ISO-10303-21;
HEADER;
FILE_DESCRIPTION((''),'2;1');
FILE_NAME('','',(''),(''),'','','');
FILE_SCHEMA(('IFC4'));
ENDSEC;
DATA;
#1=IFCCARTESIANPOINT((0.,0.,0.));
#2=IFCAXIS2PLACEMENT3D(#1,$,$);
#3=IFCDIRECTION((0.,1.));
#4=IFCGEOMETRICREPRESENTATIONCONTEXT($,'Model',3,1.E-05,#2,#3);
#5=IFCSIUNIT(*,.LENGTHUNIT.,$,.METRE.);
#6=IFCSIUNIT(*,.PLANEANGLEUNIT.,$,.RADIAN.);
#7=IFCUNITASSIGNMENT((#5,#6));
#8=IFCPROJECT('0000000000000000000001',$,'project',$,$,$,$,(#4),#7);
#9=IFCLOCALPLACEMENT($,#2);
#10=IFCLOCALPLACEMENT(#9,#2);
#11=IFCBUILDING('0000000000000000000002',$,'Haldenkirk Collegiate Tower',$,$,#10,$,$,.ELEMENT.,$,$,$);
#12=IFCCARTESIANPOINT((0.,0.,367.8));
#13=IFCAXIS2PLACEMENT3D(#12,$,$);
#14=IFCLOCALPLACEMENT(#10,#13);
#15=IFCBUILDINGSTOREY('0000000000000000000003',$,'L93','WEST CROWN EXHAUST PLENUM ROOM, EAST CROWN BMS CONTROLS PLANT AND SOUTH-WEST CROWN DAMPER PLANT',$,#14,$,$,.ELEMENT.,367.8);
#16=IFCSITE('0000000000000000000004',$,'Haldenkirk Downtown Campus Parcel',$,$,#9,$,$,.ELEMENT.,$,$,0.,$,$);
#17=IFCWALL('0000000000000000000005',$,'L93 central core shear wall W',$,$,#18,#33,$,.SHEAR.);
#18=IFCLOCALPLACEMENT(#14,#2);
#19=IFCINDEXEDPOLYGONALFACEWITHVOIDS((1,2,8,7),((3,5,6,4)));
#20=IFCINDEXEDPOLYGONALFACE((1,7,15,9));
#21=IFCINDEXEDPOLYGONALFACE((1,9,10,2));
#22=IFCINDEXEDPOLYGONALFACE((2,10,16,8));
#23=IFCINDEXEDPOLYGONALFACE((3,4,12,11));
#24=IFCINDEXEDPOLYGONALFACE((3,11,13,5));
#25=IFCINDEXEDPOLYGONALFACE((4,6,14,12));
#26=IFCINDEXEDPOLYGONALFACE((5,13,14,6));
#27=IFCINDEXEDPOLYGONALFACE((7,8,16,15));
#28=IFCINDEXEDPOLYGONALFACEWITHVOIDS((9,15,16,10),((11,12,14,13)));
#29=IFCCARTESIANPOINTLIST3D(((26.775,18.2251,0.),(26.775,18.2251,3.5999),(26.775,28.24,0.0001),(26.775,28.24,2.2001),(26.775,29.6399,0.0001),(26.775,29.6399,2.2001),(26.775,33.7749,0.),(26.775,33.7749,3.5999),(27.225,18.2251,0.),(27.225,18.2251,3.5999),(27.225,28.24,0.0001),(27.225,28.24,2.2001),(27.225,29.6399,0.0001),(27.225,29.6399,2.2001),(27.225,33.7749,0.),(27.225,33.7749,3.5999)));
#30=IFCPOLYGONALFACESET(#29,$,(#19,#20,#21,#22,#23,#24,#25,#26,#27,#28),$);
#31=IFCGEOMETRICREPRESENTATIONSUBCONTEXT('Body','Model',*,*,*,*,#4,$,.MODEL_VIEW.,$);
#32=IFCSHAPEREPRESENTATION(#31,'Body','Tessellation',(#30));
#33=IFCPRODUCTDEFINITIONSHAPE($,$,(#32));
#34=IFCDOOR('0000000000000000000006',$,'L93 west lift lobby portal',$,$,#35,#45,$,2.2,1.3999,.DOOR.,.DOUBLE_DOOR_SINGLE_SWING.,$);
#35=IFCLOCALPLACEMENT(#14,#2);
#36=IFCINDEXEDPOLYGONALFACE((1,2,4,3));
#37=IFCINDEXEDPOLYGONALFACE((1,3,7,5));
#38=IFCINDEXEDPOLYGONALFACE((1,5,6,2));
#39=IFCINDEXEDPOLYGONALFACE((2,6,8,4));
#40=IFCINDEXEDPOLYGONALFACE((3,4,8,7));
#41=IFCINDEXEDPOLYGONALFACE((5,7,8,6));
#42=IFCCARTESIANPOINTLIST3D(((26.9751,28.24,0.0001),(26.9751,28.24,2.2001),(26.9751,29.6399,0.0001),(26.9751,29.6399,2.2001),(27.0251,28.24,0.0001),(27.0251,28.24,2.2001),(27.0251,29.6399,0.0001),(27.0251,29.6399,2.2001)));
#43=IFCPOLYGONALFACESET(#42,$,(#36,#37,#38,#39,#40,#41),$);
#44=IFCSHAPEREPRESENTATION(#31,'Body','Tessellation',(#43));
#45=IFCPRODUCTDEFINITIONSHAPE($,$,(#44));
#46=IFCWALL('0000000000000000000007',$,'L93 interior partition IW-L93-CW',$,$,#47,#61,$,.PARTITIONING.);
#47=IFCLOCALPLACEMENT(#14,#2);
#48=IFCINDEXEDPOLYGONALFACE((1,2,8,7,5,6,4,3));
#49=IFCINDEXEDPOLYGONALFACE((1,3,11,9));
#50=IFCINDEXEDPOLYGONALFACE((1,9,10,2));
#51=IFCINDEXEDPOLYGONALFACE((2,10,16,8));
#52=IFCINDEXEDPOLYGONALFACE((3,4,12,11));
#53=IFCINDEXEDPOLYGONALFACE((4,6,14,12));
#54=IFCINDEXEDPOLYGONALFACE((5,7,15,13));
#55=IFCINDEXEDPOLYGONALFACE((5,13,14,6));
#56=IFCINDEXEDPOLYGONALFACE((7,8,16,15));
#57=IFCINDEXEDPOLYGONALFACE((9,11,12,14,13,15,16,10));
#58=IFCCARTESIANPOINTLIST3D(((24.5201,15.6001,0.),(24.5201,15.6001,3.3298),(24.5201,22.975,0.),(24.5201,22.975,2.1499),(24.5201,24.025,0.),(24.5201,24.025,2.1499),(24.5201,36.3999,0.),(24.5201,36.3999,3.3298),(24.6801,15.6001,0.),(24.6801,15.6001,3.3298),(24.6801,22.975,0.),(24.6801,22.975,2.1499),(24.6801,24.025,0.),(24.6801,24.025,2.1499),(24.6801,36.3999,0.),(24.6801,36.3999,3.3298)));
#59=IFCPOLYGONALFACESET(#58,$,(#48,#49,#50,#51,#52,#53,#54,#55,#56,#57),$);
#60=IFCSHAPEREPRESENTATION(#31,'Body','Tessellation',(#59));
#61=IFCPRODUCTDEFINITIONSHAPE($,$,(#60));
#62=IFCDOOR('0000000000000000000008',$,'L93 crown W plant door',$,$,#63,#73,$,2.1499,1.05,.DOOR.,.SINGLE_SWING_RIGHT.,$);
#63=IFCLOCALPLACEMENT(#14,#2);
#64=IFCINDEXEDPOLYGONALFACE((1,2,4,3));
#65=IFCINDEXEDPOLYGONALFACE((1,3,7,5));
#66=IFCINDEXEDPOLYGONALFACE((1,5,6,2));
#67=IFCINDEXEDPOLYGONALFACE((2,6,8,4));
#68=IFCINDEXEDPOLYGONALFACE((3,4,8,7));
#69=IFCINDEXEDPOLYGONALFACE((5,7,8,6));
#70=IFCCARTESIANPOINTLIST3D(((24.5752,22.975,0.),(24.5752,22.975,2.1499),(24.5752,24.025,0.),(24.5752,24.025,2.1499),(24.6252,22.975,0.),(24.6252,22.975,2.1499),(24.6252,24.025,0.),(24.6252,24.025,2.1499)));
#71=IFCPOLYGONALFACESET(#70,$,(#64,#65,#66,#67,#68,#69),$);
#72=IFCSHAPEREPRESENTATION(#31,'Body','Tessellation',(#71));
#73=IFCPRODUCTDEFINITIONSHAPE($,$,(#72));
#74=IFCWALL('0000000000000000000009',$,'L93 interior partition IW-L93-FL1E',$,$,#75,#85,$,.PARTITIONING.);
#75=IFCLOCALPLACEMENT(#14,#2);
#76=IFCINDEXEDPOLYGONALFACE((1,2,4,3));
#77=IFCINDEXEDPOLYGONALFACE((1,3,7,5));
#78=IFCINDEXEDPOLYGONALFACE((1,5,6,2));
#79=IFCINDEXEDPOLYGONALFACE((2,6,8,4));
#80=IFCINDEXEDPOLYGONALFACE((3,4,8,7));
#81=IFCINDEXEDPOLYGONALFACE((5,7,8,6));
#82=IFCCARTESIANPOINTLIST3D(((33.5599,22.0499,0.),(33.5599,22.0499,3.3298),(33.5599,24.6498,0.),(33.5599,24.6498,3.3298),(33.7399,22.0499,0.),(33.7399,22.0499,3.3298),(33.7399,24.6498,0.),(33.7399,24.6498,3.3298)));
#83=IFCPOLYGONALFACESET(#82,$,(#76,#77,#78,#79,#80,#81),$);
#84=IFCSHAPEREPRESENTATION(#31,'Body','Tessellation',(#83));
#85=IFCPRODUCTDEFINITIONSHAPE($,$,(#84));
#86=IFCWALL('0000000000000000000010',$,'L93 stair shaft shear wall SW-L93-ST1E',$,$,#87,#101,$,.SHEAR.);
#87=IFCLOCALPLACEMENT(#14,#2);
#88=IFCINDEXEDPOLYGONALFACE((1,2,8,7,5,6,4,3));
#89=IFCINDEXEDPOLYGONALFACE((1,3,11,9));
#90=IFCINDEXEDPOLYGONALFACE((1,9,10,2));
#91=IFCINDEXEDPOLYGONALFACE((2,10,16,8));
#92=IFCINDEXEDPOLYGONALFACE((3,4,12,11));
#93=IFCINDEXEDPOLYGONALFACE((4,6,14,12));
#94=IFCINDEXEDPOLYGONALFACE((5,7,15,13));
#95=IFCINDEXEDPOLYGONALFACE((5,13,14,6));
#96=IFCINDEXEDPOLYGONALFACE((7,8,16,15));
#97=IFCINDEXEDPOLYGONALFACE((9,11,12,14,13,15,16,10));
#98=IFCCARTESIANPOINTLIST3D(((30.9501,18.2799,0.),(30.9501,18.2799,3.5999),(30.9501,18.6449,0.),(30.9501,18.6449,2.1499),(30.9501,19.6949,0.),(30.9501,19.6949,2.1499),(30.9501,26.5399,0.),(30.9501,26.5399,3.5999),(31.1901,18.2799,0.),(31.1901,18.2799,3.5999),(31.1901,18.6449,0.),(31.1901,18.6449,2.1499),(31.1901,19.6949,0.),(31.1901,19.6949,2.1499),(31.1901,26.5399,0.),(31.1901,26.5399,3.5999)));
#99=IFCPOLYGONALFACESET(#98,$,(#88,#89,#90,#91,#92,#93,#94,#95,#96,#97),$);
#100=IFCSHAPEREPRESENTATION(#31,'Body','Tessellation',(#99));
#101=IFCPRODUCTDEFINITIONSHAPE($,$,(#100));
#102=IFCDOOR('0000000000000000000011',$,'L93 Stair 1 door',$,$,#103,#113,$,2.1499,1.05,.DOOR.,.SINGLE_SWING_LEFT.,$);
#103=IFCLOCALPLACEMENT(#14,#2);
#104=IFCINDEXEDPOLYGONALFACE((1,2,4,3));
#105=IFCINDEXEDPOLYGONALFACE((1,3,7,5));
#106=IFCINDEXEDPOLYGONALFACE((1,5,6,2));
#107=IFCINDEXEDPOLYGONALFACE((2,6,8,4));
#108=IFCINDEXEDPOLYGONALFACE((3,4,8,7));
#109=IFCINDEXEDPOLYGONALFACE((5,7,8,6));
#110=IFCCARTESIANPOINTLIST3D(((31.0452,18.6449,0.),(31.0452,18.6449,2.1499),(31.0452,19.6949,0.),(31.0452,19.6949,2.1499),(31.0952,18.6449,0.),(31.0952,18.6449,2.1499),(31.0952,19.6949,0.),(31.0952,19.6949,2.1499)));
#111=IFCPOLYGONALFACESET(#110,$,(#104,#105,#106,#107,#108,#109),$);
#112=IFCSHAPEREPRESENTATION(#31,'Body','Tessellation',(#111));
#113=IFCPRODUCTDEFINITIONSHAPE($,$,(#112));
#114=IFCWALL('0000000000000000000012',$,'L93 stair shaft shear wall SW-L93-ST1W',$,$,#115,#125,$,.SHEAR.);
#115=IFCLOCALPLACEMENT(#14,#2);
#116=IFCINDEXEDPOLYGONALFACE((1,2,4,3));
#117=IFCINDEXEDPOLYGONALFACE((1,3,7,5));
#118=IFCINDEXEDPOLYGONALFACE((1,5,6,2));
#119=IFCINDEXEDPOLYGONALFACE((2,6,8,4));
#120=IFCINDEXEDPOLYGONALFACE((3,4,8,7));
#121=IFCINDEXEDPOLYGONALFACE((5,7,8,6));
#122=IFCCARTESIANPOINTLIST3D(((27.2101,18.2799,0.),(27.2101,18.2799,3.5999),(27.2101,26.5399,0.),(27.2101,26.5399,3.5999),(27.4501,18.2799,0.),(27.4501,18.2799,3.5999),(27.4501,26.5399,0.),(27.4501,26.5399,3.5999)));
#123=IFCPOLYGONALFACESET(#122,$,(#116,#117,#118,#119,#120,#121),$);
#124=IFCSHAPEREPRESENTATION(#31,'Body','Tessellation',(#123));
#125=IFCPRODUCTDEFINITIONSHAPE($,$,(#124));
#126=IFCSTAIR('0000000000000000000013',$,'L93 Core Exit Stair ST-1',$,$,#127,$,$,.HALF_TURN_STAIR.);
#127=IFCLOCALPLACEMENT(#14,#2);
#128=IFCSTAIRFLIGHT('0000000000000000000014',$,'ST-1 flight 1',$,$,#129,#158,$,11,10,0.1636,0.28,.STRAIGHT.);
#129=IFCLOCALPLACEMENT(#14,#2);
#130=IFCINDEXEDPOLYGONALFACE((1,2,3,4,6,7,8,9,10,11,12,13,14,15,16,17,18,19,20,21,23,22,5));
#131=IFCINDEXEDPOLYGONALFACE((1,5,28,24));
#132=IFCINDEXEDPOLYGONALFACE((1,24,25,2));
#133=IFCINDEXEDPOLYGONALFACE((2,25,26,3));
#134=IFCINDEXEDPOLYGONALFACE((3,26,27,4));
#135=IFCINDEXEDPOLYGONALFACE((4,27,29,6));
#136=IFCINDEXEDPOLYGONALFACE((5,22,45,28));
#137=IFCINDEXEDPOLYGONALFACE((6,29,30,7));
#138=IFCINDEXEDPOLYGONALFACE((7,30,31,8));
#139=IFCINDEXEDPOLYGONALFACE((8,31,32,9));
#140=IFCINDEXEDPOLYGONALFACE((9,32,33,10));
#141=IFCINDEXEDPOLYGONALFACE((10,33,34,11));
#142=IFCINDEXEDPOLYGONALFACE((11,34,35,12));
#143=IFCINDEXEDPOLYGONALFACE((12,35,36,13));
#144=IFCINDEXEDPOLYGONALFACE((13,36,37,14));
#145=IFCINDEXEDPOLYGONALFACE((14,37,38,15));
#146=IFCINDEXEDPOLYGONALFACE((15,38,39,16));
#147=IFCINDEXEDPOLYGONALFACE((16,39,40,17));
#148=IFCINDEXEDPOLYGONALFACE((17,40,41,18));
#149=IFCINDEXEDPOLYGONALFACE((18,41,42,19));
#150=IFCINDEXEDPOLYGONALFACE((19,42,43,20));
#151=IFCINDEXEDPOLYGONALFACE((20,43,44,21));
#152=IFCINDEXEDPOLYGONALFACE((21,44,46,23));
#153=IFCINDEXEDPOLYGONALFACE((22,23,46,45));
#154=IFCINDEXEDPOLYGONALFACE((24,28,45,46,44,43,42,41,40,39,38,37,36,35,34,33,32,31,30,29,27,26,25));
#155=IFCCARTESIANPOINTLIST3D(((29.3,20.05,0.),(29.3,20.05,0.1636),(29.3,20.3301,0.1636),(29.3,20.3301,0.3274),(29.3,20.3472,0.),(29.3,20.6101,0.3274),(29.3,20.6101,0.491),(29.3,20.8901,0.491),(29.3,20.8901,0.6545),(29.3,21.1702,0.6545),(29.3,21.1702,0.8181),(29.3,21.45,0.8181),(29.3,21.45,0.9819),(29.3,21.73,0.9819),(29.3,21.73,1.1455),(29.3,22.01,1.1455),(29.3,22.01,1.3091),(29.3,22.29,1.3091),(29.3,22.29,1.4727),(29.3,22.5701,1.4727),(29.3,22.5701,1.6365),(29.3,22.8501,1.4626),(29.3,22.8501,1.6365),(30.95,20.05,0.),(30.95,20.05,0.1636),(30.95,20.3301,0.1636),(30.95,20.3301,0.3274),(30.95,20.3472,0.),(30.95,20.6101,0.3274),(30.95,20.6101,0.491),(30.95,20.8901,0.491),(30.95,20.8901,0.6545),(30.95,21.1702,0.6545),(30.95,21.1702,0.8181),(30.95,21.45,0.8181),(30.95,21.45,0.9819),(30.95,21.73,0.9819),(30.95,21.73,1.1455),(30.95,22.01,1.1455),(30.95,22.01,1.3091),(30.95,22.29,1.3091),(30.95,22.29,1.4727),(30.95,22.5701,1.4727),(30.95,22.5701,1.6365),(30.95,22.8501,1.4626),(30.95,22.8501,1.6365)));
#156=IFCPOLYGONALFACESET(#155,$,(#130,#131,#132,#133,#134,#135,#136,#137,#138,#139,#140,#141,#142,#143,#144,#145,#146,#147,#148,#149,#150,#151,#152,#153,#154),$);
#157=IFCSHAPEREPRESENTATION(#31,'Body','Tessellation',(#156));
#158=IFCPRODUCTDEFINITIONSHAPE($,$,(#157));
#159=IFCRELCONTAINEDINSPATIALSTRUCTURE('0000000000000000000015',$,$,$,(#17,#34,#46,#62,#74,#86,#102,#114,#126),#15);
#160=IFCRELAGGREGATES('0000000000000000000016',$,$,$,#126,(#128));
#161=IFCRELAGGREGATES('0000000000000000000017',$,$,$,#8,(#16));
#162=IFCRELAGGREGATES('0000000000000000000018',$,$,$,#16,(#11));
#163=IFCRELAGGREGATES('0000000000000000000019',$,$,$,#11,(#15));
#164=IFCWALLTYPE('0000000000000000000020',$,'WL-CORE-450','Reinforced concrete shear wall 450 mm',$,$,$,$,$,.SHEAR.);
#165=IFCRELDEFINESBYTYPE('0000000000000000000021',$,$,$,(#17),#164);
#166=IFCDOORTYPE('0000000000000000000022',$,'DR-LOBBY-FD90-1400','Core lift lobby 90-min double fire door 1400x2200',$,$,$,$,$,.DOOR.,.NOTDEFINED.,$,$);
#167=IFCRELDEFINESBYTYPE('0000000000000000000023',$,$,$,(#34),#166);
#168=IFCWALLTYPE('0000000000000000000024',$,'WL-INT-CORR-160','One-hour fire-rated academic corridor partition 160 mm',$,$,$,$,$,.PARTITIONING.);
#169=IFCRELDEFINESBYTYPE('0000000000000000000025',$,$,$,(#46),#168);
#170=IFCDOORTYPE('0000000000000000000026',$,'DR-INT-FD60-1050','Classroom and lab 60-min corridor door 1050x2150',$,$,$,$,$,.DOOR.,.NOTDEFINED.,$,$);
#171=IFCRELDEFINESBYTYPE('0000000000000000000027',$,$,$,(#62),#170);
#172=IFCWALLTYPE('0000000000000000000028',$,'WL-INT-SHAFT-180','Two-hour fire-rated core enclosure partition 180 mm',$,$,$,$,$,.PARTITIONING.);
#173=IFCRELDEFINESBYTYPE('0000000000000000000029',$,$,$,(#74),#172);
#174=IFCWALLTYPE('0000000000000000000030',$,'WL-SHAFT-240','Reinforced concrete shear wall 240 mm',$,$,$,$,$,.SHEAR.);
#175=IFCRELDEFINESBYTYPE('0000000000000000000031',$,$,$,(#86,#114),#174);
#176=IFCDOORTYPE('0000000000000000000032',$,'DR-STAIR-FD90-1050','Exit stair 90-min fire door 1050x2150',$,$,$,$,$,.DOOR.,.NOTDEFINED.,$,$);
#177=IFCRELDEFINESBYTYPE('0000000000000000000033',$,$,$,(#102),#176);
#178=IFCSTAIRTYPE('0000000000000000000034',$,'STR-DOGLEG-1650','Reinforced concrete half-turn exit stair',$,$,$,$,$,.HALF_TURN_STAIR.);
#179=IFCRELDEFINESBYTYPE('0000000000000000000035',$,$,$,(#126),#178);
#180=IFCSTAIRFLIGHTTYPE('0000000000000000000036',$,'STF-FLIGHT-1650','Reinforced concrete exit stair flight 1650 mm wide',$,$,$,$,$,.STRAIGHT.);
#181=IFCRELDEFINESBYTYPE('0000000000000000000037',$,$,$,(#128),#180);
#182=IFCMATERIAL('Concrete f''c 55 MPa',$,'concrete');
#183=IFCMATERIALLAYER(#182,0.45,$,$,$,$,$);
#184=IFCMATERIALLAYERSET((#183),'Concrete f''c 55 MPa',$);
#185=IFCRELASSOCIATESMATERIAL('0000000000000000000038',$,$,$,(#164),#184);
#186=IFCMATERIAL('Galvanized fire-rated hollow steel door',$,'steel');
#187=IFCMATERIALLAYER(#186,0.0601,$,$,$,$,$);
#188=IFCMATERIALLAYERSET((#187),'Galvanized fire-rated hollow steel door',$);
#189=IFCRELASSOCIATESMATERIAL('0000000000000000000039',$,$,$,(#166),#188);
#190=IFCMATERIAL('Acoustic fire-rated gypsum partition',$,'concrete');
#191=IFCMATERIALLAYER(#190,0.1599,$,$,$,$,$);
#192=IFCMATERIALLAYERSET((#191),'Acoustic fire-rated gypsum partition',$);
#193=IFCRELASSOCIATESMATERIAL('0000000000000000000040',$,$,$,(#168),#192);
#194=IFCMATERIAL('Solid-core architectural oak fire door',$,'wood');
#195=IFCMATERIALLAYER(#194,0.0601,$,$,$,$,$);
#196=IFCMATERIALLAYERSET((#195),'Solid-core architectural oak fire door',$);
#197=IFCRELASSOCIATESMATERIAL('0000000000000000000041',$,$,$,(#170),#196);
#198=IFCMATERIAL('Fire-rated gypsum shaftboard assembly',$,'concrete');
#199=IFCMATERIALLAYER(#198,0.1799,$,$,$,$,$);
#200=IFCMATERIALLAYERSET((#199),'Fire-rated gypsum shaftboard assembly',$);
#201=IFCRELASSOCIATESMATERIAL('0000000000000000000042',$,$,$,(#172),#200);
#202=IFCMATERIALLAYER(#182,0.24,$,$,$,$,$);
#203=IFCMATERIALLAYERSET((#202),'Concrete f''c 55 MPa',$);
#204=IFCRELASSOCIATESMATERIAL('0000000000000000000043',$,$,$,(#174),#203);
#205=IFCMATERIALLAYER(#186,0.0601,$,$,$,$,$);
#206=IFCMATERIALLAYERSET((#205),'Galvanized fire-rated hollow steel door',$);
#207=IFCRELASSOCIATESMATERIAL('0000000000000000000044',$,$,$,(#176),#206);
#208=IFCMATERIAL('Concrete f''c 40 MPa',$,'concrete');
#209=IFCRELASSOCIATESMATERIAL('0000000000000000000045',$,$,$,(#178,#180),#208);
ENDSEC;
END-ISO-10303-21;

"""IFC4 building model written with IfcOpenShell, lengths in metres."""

from ifc_helpers import new_model, si_unit, direction, frame, frame_2d, origin, place, context, subcontext, project, spatial, polyline, rectangle, outline, extrude, material, layer, layer_set, type_object, element, fill, aggregate, save


model = new_model("IFC4")

# Units and contexts
model_context = context("Model", 3, precision=1e-05, world=origin(), true_north=direction((0.0, 1.0)))
body_context = subcontext(model_context, "Body", "Model", "MODEL_VIEW")
ifc_project = project(units=[si_unit("LENGTHUNIT", "METRE"), si_unit("PLANEANGLEUNIT", "RADIAN")], contexts=[model_context])

# Site, building, storey
site_placement = place(None, origin())
site = spatial("IfcSite", under=ifc_project, at=site_placement, Name="Haldenkirk Downtown Campus Parcel", CompositionType="ELEMENT", RefElevation=0.0)
building_placement = place(site_placement, origin())
building = spatial("IfcBuilding", under=site, at=building_placement, Name="Haldenkirk Collegiate Tower", CompositionType="ELEMENT")
storey_placement = place(building_placement, frame((0.0, 0.0, 367.8)))
storey = spatial("IfcBuildingStorey", under=building, at=storey_placement, Name="L93", Description="WEST CROWN EXHAUST PLENUM ROOM, EAST CROWN BMS CONTROLS PLANT AND SOUTH-WEST CROWN DAMPER PLANT", CompositionType="ELEMENT", Elevation=367.8)

# Shared definitions
ifc_material_1 = material(Name="Concrete f'c 55 MPa", Category="concrete")
ifc_layer_1 = layer(ifc_material_1, 0.45)
ifc_layer_set_1 = layer_set([ifc_layer_1], Name="Concrete f'c 55 MPa")
wall_type_1 = type_object("IfcWallType", Name="WL-CORE-450", Description="Reinforced concrete shear wall 450 mm", PredefinedType="SHEAR", material=ifc_layer_set_1)
ifc_material_2 = material(Name="Galvanized fire-rated hollow steel door", Category="steel")

# Walls, openings, doors
wall_1_placement = place(storey_placement, frame((27.0, 18.2251, 0.0), z_axis=(0.0, 0.0, 1.0), x_axis=(0.0, 1.0, 0.0)))
wall_1 = element("IfcWall", 1, at=wall_1_placement, inside=storey, type_object=wall_type_1, Name="L93 central core shear wall W", PredefinedType="SHEAR", context=body_context, shape_type="SweptSolid", body=[
    extrude(rectangle(XDim=15.5498, YDim=0.45, at=frame_2d((7.7749, 0.0))), origin(), (0.0, 0.0, 1.0), 3.5999),
])
opening_1_placement = place(wall_1_placement, frame((10.0149, 0.0, 0.0)))
opening_1 = element("IfcOpeningElement", 2, at=opening_1_placement, cuts=wall_1, PredefinedType="OPENING", context=body_context, shape_type="SweptSolid", body=[
    extrude(rectangle(XDim=1.3999, YDim=2.2, at=frame_2d((0.7, 1.1001))), frame((0.0, 0.2349, 0.0), z_axis=(0.0, -1.0, 0.0), x_axis=(1.0, 0.0, 0.0)), (0.0, 0.0, 1.0), 0.47),
])
ifc_layer_2 = layer(ifc_material_2, 0.0601)
ifc_layer_set_2 = layer_set([ifc_layer_2], Name="Galvanized fire-rated hollow steel door")
door_type_1 = type_object("IfcDoorType", Name="DR-LOBBY-FD90-1400", Description="Core lift lobby 90-min double fire door 1400x2200", OperationType="NOTDEFINED", PredefinedType="DOOR", material=ifc_layer_set_2)
door_1_placement = place(opening_1_placement, origin())
door_1 = element("IfcDoor", 3, at=door_1_placement, inside=storey, type_object=door_type_1, Name="L93 west lift lobby portal", OperationType="DOUBLE_DOOR_SINGLE_SWING", OverallHeight=2.2, OverallWidth=1.3999, PredefinedType="DOOR", context=body_context, shape_type="SweptSolid", body=[
    extrude(rectangle(XDim=1.3999, YDim=2.2, at=frame_2d((0.7, 1.1001))), frame((0.0, 0.0249, 0.0), z_axis=(0.0, -1.0, 0.0), x_axis=(1.0, 0.0, 0.0)), (0.0, 0.0, 1.0), 0.05),
])
fill(opening_1, door_1)
ifc_material_3 = material(Name="Acoustic fire-rated gypsum partition", Category="concrete")
ifc_layer_3 = layer(ifc_material_3, 0.1599)
ifc_layer_set_3 = layer_set([ifc_layer_3], Name="Acoustic fire-rated gypsum partition")
wall_type_2 = type_object("IfcWallType", Name="WL-INT-CORR-160", Description="One-hour fire-rated academic corridor partition 160 mm", PredefinedType="PARTITIONING", material=ifc_layer_set_3)
wall_2_placement = place(storey_placement, frame((24.6001, 15.6001, 0.0), z_axis=(0.0, 0.0, 1.0), x_axis=(0.0, 1.0, 0.0)))
wall_2 = element("IfcWall", 4, at=wall_2_placement, inside=storey, type_object=wall_type_2, Name="L93 interior partition IW-L93-CW", PredefinedType="PARTITIONING", context=body_context, shape_type="SweptSolid", body=[
    extrude(rectangle(XDim=20.7998, YDim=0.1599, at=frame_2d((10.3999, 0.0))), origin(), (0.0, 0.0, 1.0), 3.3298),
])
opening_2_placement = place(wall_2_placement, frame((7.375, 0.0, 0.0)))
opening_2 = element("IfcOpeningElement", 5, at=opening_2_placement, cuts=wall_2, PredefinedType="OPENING", context=body_context, shape_type="SweptSolid", body=[
    extrude(rectangle(XDim=1.05, YDim=2.1499, at=frame_2d((0.5249, 1.075))), frame((0.0, 0.0898, 0.0), z_axis=(0.0, -1.0, 0.0), x_axis=(1.0, 0.0, 0.0)), (0.0, 0.0, 1.0), 0.1799),
])
ifc_material_4 = material(Name="Solid-core architectural oak fire door", Category="wood")
ifc_layer_4 = layer(ifc_material_4, 0.0601)
ifc_layer_set_4 = layer_set([ifc_layer_4], Name="Solid-core architectural oak fire door")
door_type_2 = type_object("IfcDoorType", Name="DR-INT-FD60-1050", Description="Classroom and lab 60-min corridor door 1050x2150", OperationType="NOTDEFINED", PredefinedType="DOOR", material=ifc_layer_set_4)
door_2_placement = place(opening_2_placement, origin())
door_2 = element("IfcDoor", 6, at=door_2_placement, inside=storey, type_object=door_type_2, Name="L93 crown W plant door", OperationType="SINGLE_SWING_RIGHT", OverallHeight=2.1499, OverallWidth=1.05, PredefinedType="DOOR", context=body_context, shape_type="SweptSolid", body=[
    extrude(rectangle(XDim=1.05, YDim=2.1499, at=frame_2d((0.5249, 1.075))), frame((0.0, 0.0249, 0.0), z_axis=(0.0, -1.0, 0.0), x_axis=(1.0, 0.0, 0.0)), (0.0, 0.0, 1.0), 0.05),
])
fill(opening_2, door_2)

# Wall
ifc_material_5 = material(Name="Fire-rated gypsum shaftboard assembly", Category="concrete")
ifc_layer_5 = layer(ifc_material_5, 0.1799)
ifc_layer_set_5 = layer_set([ifc_layer_5], Name="Fire-rated gypsum shaftboard assembly")
wall_type_3 = type_object("IfcWallType", Name="WL-INT-SHAFT-180", Description="Two-hour fire-rated core enclosure partition 180 mm", PredefinedType="PARTITIONING", material=ifc_layer_set_5)
wall_3_placement = place(storey_placement, frame((33.6499, 22.05, 0.0), z_axis=(0.0, 0.0, 1.0), x_axis=(0.0, 1.0, 0.0)))
element("IfcWall", 7, at=wall_3_placement, inside=storey, type_object=wall_type_3, Name="L93 interior partition IW-L93-FL1E", PredefinedType="PARTITIONING", context=body_context, shape_type="SweptSolid", body=[
    extrude(rectangle(XDim=2.5999, YDim=0.1799, at=frame_2d((1.2998, 0.0))), origin(), (0.0, 0.0, 1.0), 3.3298),
])

# Wall, opening, door
ifc_layer_6 = layer(ifc_material_1, 0.24)
ifc_layer_set_6 = layer_set([ifc_layer_6], Name="Concrete f'c 55 MPa")
wall_type_4 = type_object("IfcWallType", Name="WL-SHAFT-240", Description="Reinforced concrete shear wall 240 mm", PredefinedType="SHEAR", material=ifc_layer_set_6)
wall_4_placement = place(storey_placement, frame((31.0701, 18.28, 0.0), z_axis=(0.0, 0.0, 1.0), x_axis=(0.0, 1.0, 0.0)))
wall_4 = element("IfcWall", 8, at=wall_4_placement, inside=storey, type_object=wall_type_4, Name="L93 stair shaft shear wall SW-L93-ST1E", PredefinedType="SHEAR", context=body_context, shape_type="SweptSolid", body=[
    extrude(rectangle(XDim=8.26, YDim=0.24, at=frame_2d((4.1299, 0.0))), origin(), (0.0, 0.0, 1.0), 3.5999),
])
opening_3_placement = place(wall_4_placement, frame((0.365, 0.0, 0.0)))
opening_3 = element("IfcOpeningElement", 9, at=opening_3_placement, cuts=wall_4, PredefinedType="OPENING", context=body_context, shape_type="SweptSolid", body=[
    extrude(rectangle(XDim=1.05, YDim=2.1499, at=frame_2d((0.5249, 1.075))), frame((0.0, 0.1299, 0.0), z_axis=(0.0, -1.0, 0.0), x_axis=(1.0, 0.0, 0.0)), (0.0, 0.0, 1.0), 0.26),
])
ifc_layer_7 = layer(ifc_material_2, 0.0601)
ifc_layer_set_7 = layer_set([ifc_layer_7], Name="Galvanized fire-rated hollow steel door")
door_type_3 = type_object("IfcDoorType", Name="DR-STAIR-FD90-1050", Description="Exit stair 90-min fire door 1050x2150", OperationType="NOTDEFINED", PredefinedType="DOOR", material=ifc_layer_set_7)
door_3_placement = place(opening_3_placement, origin())
door_3 = element("IfcDoor", 10, at=door_3_placement, inside=storey, type_object=door_type_3, Name="L93 Stair 1 door", OperationType="SINGLE_SWING_LEFT", OverallHeight=2.1499, OverallWidth=1.05, PredefinedType="DOOR", context=body_context, shape_type="SweptSolid", body=[
    extrude(rectangle(XDim=1.05, YDim=2.1499, at=frame_2d((0.5249, 1.075))), frame((0.0, 0.0249, 0.0), z_axis=(0.0, -1.0, 0.0), x_axis=(1.0, 0.0, 0.0)), (0.0, 0.0, 1.0), 0.05),
])
fill(opening_3, door_3)

# Wall
wall_5_placement = place(storey_placement, frame((27.3301, 18.28, 0.0), z_axis=(0.0, 0.0, 1.0), x_axis=(0.0, 1.0, 0.0)))
element("IfcWall", 11, at=wall_5_placement, inside=storey, type_object=wall_type_4, Name="L93 stair shaft shear wall SW-L93-ST1W", PredefinedType="SHEAR", context=body_context, shape_type="SweptSolid", body=[
    extrude(rectangle(XDim=8.26, YDim=0.24, at=frame_2d((4.1299, 0.0))), origin(), (0.0, 0.0, 1.0), 3.5999),
])

# Stair, stair flight
ifc_material_6 = material(Name="Concrete f'c 40 MPa", Category="concrete")
stair_type = type_object("IfcStairType", Name="STR-DOGLEG-1650", Description="Reinforced concrete half-turn exit stair", PredefinedType="HALF_TURN_STAIR", material=ifc_material_6)
stair_placement = place(storey_placement, origin())
stair = element("IfcStair", 12, at=stair_placement, inside=storey, type_object=stair_type, Name="L93 Core Exit Stair ST-1", PredefinedType="HALF_TURN_STAIR")
stair_flight_type = type_object("IfcStairFlightType", Name="STF-FLIGHT-1650", Description="Reinforced concrete exit stair flight 1650 mm wide", PredefinedType="STRAIGHT", material=ifc_material_6)
stair_flight_1_placement = place(storey_placement, frame((30.125, 20.05, 0.0), z_axis=(0.0, 0.0, 1.0), x_axis=(0.0, 1.0, 0.0)))
stair_flight_1 = element("IfcStairFlight", 13, at=stair_flight_1_placement, type_object=stair_flight_type, Name="ST-1 flight 1", NumberOfRisers=11, NumberOfTreads=10, PredefinedType="STRAIGHT", RiserHeight=0.1636, TreadLength=0.28, context=body_context, shape_type="SweptSolid", body=[
    extrude(outline(polyline([(0.0, 0.0), (0.0, 0.1636), (0.28, 0.1636), (0.28, 0.3274), (0.5601, 0.3274), (0.5601, 0.491), (0.8401, 0.491), (0.8401, 0.6545), (1.1201, 0.6545), (1.1201, 0.8181), (1.3999, 0.8181), (1.3999, 0.9819), (1.6799, 0.9819), (1.6799, 1.1455), (1.96, 1.1455), (1.96, 1.3091), (2.24, 1.3091), (2.24, 1.4727), (2.52, 1.4727), (2.52, 1.6365), (2.8, 1.6365), (2.8, 1.8), (2.8, 1.4626), (0.2971, 0.0), (0.0, 0.0)])), frame((0.0, 0.825, 0.0), z_axis=(0.0, -1.0, 0.0), x_axis=(1.0, 0.0, 0.0)), (0.0, 0.0, 1.0), 1.6499),
])
aggregate(stair, [stair_flight_1])

save(model, "model.ifc")
